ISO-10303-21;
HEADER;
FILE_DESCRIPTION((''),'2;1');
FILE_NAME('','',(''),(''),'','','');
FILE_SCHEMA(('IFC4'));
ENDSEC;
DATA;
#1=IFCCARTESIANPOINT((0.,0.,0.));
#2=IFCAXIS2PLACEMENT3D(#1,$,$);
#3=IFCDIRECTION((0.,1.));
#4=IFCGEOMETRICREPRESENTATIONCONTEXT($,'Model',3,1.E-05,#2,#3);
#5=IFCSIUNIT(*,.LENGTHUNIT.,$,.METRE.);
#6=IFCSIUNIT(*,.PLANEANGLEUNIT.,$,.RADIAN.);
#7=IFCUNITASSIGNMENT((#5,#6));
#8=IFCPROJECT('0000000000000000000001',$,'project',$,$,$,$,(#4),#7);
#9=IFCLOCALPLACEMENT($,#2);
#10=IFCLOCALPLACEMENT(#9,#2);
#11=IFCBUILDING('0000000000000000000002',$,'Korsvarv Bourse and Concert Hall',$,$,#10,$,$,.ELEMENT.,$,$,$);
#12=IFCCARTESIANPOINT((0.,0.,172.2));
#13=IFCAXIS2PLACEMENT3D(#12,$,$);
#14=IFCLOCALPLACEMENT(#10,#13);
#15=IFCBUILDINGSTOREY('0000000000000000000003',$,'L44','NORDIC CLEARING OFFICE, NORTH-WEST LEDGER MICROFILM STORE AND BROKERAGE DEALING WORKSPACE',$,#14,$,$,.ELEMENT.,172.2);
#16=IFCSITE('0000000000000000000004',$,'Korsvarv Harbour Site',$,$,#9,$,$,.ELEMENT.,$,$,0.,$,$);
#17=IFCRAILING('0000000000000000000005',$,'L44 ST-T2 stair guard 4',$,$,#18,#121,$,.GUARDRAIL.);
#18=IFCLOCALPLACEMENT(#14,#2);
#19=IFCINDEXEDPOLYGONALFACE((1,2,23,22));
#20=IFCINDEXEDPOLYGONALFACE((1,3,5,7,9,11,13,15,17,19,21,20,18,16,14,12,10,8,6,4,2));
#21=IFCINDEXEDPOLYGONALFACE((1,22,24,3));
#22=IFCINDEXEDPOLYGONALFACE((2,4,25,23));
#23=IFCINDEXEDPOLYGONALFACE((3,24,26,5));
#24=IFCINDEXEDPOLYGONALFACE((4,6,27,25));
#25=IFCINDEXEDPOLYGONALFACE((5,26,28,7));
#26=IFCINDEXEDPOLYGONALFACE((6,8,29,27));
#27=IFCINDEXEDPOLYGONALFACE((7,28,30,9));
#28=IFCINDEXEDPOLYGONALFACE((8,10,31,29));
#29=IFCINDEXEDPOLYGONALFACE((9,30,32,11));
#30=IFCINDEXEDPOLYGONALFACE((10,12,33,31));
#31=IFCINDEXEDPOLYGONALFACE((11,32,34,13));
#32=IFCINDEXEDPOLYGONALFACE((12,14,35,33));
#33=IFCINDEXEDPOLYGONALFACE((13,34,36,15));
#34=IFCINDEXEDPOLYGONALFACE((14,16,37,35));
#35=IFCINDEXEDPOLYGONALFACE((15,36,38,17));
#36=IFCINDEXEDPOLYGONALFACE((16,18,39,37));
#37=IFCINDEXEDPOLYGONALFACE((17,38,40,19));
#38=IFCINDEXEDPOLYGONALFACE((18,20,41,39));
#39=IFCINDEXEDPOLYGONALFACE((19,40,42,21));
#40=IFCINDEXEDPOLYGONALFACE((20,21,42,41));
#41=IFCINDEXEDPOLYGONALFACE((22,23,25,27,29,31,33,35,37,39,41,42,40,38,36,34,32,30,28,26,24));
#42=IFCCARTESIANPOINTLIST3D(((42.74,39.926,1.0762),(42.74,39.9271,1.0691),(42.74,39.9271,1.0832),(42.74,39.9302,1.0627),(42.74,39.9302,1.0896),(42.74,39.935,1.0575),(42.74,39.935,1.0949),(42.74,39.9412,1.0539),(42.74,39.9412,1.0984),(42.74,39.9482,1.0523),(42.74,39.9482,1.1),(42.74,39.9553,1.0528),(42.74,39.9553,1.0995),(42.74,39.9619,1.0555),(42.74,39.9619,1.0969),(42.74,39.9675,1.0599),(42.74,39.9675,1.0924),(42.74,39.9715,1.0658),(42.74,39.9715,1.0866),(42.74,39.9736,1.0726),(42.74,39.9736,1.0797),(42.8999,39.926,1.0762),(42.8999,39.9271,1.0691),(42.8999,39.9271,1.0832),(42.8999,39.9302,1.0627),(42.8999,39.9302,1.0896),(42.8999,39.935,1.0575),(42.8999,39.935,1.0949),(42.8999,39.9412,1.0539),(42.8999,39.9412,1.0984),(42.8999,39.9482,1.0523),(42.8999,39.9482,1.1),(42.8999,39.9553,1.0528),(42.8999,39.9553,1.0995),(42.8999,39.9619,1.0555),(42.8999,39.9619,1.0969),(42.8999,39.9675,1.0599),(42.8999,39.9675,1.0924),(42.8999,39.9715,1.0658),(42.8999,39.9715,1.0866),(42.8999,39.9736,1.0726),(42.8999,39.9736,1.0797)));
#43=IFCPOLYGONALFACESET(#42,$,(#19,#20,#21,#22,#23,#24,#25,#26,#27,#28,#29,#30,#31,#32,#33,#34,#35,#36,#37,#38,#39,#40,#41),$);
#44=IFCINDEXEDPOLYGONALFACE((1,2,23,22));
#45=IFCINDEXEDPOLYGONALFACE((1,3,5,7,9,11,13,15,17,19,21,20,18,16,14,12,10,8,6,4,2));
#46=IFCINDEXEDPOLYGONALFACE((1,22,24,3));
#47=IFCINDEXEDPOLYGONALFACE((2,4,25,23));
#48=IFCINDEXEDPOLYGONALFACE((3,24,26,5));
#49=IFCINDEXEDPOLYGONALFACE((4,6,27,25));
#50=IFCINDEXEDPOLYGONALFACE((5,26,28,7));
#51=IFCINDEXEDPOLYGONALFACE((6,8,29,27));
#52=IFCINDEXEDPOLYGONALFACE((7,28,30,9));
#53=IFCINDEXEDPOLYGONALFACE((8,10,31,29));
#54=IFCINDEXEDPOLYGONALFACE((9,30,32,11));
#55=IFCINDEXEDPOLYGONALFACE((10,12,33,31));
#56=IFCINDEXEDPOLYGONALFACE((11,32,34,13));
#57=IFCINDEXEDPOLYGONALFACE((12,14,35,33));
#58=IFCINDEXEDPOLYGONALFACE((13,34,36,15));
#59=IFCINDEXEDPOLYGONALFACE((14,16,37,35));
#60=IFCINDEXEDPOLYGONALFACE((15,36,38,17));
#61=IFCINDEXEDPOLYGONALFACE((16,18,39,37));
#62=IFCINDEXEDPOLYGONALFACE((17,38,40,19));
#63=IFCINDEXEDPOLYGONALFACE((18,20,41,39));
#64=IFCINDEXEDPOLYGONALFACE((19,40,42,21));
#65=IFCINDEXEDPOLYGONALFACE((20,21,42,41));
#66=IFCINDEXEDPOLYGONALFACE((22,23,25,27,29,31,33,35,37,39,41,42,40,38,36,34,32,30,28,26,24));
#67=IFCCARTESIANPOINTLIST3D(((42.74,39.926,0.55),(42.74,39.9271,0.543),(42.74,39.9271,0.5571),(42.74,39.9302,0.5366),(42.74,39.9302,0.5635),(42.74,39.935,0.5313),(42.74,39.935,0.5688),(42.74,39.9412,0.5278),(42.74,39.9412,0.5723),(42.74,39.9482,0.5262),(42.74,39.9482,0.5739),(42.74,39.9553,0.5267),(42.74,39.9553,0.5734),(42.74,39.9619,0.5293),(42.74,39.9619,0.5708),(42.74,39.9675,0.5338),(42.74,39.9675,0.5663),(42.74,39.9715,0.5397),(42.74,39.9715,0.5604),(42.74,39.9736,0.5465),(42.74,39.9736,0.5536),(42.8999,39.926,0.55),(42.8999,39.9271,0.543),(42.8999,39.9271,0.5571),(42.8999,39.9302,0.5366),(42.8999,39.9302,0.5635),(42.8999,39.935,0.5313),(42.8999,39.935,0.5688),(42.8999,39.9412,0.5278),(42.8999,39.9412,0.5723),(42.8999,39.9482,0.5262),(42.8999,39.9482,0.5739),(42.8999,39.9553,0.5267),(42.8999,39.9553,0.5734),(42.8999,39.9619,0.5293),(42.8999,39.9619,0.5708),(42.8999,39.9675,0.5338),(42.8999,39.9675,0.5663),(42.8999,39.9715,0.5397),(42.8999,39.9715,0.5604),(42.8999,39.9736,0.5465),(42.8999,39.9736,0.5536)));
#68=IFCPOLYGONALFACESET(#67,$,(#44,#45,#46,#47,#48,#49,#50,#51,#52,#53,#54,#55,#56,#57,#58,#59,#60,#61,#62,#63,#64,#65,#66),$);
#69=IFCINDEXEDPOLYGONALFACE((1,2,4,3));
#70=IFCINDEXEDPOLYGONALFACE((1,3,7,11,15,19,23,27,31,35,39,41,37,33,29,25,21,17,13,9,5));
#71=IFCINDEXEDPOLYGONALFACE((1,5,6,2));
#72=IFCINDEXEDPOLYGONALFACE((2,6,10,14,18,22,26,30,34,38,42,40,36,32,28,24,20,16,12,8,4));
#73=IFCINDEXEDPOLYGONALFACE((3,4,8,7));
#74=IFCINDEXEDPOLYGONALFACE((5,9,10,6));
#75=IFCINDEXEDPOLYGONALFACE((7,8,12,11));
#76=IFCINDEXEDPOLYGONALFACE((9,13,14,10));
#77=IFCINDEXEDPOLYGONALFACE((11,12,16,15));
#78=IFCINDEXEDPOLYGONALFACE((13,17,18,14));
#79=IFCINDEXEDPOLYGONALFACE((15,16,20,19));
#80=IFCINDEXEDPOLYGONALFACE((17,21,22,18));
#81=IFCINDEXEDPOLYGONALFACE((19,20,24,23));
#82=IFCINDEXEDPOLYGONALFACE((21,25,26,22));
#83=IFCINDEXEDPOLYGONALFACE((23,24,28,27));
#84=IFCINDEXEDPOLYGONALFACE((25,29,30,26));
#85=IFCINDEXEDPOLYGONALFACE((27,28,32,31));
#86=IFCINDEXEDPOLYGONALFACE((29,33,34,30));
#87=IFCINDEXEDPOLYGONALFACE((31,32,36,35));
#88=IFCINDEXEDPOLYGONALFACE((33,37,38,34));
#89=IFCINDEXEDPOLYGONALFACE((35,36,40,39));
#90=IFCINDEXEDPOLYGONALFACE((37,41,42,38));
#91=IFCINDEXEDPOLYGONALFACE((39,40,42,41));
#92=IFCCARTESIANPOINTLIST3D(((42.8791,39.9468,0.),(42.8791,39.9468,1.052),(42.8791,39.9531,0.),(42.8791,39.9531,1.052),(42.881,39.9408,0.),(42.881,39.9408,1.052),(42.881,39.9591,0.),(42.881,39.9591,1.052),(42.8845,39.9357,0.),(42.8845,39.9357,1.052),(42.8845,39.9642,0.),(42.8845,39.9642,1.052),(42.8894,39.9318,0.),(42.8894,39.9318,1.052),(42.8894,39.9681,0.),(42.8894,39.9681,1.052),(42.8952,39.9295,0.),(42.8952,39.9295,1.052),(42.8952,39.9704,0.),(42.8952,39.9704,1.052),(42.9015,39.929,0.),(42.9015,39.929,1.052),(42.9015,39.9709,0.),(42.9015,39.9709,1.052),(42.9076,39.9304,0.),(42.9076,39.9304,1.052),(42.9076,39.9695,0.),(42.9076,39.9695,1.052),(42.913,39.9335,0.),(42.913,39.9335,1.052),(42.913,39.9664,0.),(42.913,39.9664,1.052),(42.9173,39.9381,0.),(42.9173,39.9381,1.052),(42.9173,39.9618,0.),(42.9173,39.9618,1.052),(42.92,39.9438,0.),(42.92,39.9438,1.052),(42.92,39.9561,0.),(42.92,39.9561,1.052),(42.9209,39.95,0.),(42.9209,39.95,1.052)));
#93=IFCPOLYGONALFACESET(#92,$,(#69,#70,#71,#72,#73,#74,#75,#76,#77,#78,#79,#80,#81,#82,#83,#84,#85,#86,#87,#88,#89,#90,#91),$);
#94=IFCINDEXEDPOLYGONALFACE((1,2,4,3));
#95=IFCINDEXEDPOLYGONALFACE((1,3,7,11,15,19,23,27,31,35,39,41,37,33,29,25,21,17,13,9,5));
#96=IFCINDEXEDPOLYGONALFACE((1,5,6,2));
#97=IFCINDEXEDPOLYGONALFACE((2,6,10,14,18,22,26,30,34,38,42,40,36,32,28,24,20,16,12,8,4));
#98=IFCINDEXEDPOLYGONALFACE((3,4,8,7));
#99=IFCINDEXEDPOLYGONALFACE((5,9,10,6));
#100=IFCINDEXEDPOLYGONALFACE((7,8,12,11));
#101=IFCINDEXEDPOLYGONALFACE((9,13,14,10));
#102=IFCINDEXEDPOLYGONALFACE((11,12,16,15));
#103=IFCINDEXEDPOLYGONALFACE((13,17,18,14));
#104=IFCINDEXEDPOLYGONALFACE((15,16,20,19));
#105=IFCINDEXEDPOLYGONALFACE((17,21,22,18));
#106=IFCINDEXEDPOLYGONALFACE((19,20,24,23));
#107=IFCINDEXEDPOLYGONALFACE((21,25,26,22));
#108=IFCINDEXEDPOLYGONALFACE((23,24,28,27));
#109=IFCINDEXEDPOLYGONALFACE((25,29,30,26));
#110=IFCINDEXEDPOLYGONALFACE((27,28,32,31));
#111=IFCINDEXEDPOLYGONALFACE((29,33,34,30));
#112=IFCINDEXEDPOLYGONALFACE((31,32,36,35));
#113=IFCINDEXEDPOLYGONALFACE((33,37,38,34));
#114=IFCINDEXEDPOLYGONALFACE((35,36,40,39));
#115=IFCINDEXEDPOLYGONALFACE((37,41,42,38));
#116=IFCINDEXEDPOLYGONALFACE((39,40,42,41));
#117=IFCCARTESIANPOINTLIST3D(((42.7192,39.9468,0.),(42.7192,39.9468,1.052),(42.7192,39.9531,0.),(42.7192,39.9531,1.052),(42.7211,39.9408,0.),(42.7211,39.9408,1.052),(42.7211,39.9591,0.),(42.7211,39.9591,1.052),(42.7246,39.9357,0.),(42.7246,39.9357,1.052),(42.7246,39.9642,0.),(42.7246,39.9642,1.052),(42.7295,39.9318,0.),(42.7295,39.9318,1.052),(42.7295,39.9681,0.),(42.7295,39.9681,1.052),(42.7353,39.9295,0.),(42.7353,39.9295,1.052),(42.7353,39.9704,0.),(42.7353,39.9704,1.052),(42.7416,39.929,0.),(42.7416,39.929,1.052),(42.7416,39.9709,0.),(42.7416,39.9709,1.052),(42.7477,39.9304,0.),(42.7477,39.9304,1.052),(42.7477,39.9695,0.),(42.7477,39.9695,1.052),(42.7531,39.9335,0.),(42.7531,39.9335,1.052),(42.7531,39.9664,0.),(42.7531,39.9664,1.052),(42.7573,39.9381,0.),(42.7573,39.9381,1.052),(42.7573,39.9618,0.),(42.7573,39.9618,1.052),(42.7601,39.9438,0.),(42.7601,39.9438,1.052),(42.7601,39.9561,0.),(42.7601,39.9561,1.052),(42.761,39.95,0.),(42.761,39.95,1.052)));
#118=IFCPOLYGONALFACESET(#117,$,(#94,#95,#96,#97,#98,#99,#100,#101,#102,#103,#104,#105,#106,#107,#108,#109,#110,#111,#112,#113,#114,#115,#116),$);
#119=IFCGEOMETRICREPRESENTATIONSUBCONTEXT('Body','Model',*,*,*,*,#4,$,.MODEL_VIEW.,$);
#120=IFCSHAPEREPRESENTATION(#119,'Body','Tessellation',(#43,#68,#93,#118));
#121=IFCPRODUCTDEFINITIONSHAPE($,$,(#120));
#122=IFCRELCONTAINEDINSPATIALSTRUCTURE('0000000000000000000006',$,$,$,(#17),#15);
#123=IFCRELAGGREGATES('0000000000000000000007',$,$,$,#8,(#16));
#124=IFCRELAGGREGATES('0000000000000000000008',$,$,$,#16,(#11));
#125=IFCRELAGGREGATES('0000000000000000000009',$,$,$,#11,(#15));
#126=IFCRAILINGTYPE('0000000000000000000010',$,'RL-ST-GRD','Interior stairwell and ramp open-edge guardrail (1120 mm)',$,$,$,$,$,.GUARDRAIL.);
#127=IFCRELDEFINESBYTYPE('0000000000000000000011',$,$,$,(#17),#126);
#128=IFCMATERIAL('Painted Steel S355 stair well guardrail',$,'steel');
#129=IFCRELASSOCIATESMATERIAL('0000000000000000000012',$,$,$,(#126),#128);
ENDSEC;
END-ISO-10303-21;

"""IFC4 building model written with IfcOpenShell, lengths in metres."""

from ifc_helpers import new_model, si_unit, direction, frame, origin, origin_2d, place, context, subcontext, project, spatial, circle, extrude, material, type_object, element, save


model = new_model("IFC4")

# Units and contexts
model_context = context("Model", 3, precision=1e-05, world=origin(), true_north=direction((0.0, 1.0)))
body_context = subcontext(model_context, "Body", "Model", "MODEL_VIEW")
ifc_project = project(units=[si_unit("LENGTHUNIT", "METRE"), si_unit("PLANEANGLEUNIT", "RADIAN")], contexts=[model_context])

# Site, building, storey
site_placement = place(None, origin())
site = spatial("IfcSite", under=ifc_project, at=site_placement, Name="Korsvarv Harbour Site", CompositionType="ELEMENT", RefElevation=0.0)
building_placement = place(site_placement, origin())
building = spatial("IfcBuilding", under=site, at=building_placement, Name="Korsvarv Bourse and Concert Hall", CompositionType="ELEMENT")
storey_placement = place(building_placement, frame((0.0, 0.0, 172.2)))
storey = spatial("IfcBuildingStorey", under=building, at=storey_placement, Name="L44", Description="NORDIC CLEARING OFFICE, NORTH-WEST LEDGER MICROFILM STORE AND BROKERAGE DEALING WORKSPACE", CompositionType="ELEMENT", Elevation=172.2)

# Railing
ifc_material_1 = material(Name="Painted Steel S355 stair well guardrail", Category="steel")
railing_type_1 = type_object("IfcRailingType", Name="RL-ST-GRD", Description="Interior stairwell and ramp open-edge guardrail (1120 mm)", PredefinedType="GUARDRAIL", material=ifc_material_1)
railing_1_placement = place(storey_placement, frame((42.8999, 39.95, 0.0)))
element("IfcRailing", 1, at=railing_1_placement, inside=storey, type_object=railing_type_1, Name="L44 ST-T2 stair guard 4", PredefinedType="GUARDRAIL", context=body_context, shape_type="SweptSolid", body=[
    extrude(circle(Radius=0.0239, at=origin_2d()), frame((0.0, 0.0, 1.0762), z_axis=(-1.0, 0.0, 0.0), x_axis=(0.0, -1.0, 0.0)), (0.0, 0.0, 1.0), 0.1599),
    extrude(circle(Radius=0.0239, at=origin_2d()), frame((0.0, 0.0, 0.55), z_axis=(-1.0, 0.0, 0.0), x_axis=(0.0, -1.0, 0.0)), (0.0, 0.0, 1.0), 0.1599),
    extrude(circle(Radius=0.021, at=origin_2d()), origin(), (0.0, 0.0, 1.0), 1.052),
    extrude(circle(Radius=0.021, at=origin_2d()), frame((-0.1599, 0.0, 0.0)), (0.0, 0.0, 1.0), 1.052),
])

save(model, "model.ifc")
